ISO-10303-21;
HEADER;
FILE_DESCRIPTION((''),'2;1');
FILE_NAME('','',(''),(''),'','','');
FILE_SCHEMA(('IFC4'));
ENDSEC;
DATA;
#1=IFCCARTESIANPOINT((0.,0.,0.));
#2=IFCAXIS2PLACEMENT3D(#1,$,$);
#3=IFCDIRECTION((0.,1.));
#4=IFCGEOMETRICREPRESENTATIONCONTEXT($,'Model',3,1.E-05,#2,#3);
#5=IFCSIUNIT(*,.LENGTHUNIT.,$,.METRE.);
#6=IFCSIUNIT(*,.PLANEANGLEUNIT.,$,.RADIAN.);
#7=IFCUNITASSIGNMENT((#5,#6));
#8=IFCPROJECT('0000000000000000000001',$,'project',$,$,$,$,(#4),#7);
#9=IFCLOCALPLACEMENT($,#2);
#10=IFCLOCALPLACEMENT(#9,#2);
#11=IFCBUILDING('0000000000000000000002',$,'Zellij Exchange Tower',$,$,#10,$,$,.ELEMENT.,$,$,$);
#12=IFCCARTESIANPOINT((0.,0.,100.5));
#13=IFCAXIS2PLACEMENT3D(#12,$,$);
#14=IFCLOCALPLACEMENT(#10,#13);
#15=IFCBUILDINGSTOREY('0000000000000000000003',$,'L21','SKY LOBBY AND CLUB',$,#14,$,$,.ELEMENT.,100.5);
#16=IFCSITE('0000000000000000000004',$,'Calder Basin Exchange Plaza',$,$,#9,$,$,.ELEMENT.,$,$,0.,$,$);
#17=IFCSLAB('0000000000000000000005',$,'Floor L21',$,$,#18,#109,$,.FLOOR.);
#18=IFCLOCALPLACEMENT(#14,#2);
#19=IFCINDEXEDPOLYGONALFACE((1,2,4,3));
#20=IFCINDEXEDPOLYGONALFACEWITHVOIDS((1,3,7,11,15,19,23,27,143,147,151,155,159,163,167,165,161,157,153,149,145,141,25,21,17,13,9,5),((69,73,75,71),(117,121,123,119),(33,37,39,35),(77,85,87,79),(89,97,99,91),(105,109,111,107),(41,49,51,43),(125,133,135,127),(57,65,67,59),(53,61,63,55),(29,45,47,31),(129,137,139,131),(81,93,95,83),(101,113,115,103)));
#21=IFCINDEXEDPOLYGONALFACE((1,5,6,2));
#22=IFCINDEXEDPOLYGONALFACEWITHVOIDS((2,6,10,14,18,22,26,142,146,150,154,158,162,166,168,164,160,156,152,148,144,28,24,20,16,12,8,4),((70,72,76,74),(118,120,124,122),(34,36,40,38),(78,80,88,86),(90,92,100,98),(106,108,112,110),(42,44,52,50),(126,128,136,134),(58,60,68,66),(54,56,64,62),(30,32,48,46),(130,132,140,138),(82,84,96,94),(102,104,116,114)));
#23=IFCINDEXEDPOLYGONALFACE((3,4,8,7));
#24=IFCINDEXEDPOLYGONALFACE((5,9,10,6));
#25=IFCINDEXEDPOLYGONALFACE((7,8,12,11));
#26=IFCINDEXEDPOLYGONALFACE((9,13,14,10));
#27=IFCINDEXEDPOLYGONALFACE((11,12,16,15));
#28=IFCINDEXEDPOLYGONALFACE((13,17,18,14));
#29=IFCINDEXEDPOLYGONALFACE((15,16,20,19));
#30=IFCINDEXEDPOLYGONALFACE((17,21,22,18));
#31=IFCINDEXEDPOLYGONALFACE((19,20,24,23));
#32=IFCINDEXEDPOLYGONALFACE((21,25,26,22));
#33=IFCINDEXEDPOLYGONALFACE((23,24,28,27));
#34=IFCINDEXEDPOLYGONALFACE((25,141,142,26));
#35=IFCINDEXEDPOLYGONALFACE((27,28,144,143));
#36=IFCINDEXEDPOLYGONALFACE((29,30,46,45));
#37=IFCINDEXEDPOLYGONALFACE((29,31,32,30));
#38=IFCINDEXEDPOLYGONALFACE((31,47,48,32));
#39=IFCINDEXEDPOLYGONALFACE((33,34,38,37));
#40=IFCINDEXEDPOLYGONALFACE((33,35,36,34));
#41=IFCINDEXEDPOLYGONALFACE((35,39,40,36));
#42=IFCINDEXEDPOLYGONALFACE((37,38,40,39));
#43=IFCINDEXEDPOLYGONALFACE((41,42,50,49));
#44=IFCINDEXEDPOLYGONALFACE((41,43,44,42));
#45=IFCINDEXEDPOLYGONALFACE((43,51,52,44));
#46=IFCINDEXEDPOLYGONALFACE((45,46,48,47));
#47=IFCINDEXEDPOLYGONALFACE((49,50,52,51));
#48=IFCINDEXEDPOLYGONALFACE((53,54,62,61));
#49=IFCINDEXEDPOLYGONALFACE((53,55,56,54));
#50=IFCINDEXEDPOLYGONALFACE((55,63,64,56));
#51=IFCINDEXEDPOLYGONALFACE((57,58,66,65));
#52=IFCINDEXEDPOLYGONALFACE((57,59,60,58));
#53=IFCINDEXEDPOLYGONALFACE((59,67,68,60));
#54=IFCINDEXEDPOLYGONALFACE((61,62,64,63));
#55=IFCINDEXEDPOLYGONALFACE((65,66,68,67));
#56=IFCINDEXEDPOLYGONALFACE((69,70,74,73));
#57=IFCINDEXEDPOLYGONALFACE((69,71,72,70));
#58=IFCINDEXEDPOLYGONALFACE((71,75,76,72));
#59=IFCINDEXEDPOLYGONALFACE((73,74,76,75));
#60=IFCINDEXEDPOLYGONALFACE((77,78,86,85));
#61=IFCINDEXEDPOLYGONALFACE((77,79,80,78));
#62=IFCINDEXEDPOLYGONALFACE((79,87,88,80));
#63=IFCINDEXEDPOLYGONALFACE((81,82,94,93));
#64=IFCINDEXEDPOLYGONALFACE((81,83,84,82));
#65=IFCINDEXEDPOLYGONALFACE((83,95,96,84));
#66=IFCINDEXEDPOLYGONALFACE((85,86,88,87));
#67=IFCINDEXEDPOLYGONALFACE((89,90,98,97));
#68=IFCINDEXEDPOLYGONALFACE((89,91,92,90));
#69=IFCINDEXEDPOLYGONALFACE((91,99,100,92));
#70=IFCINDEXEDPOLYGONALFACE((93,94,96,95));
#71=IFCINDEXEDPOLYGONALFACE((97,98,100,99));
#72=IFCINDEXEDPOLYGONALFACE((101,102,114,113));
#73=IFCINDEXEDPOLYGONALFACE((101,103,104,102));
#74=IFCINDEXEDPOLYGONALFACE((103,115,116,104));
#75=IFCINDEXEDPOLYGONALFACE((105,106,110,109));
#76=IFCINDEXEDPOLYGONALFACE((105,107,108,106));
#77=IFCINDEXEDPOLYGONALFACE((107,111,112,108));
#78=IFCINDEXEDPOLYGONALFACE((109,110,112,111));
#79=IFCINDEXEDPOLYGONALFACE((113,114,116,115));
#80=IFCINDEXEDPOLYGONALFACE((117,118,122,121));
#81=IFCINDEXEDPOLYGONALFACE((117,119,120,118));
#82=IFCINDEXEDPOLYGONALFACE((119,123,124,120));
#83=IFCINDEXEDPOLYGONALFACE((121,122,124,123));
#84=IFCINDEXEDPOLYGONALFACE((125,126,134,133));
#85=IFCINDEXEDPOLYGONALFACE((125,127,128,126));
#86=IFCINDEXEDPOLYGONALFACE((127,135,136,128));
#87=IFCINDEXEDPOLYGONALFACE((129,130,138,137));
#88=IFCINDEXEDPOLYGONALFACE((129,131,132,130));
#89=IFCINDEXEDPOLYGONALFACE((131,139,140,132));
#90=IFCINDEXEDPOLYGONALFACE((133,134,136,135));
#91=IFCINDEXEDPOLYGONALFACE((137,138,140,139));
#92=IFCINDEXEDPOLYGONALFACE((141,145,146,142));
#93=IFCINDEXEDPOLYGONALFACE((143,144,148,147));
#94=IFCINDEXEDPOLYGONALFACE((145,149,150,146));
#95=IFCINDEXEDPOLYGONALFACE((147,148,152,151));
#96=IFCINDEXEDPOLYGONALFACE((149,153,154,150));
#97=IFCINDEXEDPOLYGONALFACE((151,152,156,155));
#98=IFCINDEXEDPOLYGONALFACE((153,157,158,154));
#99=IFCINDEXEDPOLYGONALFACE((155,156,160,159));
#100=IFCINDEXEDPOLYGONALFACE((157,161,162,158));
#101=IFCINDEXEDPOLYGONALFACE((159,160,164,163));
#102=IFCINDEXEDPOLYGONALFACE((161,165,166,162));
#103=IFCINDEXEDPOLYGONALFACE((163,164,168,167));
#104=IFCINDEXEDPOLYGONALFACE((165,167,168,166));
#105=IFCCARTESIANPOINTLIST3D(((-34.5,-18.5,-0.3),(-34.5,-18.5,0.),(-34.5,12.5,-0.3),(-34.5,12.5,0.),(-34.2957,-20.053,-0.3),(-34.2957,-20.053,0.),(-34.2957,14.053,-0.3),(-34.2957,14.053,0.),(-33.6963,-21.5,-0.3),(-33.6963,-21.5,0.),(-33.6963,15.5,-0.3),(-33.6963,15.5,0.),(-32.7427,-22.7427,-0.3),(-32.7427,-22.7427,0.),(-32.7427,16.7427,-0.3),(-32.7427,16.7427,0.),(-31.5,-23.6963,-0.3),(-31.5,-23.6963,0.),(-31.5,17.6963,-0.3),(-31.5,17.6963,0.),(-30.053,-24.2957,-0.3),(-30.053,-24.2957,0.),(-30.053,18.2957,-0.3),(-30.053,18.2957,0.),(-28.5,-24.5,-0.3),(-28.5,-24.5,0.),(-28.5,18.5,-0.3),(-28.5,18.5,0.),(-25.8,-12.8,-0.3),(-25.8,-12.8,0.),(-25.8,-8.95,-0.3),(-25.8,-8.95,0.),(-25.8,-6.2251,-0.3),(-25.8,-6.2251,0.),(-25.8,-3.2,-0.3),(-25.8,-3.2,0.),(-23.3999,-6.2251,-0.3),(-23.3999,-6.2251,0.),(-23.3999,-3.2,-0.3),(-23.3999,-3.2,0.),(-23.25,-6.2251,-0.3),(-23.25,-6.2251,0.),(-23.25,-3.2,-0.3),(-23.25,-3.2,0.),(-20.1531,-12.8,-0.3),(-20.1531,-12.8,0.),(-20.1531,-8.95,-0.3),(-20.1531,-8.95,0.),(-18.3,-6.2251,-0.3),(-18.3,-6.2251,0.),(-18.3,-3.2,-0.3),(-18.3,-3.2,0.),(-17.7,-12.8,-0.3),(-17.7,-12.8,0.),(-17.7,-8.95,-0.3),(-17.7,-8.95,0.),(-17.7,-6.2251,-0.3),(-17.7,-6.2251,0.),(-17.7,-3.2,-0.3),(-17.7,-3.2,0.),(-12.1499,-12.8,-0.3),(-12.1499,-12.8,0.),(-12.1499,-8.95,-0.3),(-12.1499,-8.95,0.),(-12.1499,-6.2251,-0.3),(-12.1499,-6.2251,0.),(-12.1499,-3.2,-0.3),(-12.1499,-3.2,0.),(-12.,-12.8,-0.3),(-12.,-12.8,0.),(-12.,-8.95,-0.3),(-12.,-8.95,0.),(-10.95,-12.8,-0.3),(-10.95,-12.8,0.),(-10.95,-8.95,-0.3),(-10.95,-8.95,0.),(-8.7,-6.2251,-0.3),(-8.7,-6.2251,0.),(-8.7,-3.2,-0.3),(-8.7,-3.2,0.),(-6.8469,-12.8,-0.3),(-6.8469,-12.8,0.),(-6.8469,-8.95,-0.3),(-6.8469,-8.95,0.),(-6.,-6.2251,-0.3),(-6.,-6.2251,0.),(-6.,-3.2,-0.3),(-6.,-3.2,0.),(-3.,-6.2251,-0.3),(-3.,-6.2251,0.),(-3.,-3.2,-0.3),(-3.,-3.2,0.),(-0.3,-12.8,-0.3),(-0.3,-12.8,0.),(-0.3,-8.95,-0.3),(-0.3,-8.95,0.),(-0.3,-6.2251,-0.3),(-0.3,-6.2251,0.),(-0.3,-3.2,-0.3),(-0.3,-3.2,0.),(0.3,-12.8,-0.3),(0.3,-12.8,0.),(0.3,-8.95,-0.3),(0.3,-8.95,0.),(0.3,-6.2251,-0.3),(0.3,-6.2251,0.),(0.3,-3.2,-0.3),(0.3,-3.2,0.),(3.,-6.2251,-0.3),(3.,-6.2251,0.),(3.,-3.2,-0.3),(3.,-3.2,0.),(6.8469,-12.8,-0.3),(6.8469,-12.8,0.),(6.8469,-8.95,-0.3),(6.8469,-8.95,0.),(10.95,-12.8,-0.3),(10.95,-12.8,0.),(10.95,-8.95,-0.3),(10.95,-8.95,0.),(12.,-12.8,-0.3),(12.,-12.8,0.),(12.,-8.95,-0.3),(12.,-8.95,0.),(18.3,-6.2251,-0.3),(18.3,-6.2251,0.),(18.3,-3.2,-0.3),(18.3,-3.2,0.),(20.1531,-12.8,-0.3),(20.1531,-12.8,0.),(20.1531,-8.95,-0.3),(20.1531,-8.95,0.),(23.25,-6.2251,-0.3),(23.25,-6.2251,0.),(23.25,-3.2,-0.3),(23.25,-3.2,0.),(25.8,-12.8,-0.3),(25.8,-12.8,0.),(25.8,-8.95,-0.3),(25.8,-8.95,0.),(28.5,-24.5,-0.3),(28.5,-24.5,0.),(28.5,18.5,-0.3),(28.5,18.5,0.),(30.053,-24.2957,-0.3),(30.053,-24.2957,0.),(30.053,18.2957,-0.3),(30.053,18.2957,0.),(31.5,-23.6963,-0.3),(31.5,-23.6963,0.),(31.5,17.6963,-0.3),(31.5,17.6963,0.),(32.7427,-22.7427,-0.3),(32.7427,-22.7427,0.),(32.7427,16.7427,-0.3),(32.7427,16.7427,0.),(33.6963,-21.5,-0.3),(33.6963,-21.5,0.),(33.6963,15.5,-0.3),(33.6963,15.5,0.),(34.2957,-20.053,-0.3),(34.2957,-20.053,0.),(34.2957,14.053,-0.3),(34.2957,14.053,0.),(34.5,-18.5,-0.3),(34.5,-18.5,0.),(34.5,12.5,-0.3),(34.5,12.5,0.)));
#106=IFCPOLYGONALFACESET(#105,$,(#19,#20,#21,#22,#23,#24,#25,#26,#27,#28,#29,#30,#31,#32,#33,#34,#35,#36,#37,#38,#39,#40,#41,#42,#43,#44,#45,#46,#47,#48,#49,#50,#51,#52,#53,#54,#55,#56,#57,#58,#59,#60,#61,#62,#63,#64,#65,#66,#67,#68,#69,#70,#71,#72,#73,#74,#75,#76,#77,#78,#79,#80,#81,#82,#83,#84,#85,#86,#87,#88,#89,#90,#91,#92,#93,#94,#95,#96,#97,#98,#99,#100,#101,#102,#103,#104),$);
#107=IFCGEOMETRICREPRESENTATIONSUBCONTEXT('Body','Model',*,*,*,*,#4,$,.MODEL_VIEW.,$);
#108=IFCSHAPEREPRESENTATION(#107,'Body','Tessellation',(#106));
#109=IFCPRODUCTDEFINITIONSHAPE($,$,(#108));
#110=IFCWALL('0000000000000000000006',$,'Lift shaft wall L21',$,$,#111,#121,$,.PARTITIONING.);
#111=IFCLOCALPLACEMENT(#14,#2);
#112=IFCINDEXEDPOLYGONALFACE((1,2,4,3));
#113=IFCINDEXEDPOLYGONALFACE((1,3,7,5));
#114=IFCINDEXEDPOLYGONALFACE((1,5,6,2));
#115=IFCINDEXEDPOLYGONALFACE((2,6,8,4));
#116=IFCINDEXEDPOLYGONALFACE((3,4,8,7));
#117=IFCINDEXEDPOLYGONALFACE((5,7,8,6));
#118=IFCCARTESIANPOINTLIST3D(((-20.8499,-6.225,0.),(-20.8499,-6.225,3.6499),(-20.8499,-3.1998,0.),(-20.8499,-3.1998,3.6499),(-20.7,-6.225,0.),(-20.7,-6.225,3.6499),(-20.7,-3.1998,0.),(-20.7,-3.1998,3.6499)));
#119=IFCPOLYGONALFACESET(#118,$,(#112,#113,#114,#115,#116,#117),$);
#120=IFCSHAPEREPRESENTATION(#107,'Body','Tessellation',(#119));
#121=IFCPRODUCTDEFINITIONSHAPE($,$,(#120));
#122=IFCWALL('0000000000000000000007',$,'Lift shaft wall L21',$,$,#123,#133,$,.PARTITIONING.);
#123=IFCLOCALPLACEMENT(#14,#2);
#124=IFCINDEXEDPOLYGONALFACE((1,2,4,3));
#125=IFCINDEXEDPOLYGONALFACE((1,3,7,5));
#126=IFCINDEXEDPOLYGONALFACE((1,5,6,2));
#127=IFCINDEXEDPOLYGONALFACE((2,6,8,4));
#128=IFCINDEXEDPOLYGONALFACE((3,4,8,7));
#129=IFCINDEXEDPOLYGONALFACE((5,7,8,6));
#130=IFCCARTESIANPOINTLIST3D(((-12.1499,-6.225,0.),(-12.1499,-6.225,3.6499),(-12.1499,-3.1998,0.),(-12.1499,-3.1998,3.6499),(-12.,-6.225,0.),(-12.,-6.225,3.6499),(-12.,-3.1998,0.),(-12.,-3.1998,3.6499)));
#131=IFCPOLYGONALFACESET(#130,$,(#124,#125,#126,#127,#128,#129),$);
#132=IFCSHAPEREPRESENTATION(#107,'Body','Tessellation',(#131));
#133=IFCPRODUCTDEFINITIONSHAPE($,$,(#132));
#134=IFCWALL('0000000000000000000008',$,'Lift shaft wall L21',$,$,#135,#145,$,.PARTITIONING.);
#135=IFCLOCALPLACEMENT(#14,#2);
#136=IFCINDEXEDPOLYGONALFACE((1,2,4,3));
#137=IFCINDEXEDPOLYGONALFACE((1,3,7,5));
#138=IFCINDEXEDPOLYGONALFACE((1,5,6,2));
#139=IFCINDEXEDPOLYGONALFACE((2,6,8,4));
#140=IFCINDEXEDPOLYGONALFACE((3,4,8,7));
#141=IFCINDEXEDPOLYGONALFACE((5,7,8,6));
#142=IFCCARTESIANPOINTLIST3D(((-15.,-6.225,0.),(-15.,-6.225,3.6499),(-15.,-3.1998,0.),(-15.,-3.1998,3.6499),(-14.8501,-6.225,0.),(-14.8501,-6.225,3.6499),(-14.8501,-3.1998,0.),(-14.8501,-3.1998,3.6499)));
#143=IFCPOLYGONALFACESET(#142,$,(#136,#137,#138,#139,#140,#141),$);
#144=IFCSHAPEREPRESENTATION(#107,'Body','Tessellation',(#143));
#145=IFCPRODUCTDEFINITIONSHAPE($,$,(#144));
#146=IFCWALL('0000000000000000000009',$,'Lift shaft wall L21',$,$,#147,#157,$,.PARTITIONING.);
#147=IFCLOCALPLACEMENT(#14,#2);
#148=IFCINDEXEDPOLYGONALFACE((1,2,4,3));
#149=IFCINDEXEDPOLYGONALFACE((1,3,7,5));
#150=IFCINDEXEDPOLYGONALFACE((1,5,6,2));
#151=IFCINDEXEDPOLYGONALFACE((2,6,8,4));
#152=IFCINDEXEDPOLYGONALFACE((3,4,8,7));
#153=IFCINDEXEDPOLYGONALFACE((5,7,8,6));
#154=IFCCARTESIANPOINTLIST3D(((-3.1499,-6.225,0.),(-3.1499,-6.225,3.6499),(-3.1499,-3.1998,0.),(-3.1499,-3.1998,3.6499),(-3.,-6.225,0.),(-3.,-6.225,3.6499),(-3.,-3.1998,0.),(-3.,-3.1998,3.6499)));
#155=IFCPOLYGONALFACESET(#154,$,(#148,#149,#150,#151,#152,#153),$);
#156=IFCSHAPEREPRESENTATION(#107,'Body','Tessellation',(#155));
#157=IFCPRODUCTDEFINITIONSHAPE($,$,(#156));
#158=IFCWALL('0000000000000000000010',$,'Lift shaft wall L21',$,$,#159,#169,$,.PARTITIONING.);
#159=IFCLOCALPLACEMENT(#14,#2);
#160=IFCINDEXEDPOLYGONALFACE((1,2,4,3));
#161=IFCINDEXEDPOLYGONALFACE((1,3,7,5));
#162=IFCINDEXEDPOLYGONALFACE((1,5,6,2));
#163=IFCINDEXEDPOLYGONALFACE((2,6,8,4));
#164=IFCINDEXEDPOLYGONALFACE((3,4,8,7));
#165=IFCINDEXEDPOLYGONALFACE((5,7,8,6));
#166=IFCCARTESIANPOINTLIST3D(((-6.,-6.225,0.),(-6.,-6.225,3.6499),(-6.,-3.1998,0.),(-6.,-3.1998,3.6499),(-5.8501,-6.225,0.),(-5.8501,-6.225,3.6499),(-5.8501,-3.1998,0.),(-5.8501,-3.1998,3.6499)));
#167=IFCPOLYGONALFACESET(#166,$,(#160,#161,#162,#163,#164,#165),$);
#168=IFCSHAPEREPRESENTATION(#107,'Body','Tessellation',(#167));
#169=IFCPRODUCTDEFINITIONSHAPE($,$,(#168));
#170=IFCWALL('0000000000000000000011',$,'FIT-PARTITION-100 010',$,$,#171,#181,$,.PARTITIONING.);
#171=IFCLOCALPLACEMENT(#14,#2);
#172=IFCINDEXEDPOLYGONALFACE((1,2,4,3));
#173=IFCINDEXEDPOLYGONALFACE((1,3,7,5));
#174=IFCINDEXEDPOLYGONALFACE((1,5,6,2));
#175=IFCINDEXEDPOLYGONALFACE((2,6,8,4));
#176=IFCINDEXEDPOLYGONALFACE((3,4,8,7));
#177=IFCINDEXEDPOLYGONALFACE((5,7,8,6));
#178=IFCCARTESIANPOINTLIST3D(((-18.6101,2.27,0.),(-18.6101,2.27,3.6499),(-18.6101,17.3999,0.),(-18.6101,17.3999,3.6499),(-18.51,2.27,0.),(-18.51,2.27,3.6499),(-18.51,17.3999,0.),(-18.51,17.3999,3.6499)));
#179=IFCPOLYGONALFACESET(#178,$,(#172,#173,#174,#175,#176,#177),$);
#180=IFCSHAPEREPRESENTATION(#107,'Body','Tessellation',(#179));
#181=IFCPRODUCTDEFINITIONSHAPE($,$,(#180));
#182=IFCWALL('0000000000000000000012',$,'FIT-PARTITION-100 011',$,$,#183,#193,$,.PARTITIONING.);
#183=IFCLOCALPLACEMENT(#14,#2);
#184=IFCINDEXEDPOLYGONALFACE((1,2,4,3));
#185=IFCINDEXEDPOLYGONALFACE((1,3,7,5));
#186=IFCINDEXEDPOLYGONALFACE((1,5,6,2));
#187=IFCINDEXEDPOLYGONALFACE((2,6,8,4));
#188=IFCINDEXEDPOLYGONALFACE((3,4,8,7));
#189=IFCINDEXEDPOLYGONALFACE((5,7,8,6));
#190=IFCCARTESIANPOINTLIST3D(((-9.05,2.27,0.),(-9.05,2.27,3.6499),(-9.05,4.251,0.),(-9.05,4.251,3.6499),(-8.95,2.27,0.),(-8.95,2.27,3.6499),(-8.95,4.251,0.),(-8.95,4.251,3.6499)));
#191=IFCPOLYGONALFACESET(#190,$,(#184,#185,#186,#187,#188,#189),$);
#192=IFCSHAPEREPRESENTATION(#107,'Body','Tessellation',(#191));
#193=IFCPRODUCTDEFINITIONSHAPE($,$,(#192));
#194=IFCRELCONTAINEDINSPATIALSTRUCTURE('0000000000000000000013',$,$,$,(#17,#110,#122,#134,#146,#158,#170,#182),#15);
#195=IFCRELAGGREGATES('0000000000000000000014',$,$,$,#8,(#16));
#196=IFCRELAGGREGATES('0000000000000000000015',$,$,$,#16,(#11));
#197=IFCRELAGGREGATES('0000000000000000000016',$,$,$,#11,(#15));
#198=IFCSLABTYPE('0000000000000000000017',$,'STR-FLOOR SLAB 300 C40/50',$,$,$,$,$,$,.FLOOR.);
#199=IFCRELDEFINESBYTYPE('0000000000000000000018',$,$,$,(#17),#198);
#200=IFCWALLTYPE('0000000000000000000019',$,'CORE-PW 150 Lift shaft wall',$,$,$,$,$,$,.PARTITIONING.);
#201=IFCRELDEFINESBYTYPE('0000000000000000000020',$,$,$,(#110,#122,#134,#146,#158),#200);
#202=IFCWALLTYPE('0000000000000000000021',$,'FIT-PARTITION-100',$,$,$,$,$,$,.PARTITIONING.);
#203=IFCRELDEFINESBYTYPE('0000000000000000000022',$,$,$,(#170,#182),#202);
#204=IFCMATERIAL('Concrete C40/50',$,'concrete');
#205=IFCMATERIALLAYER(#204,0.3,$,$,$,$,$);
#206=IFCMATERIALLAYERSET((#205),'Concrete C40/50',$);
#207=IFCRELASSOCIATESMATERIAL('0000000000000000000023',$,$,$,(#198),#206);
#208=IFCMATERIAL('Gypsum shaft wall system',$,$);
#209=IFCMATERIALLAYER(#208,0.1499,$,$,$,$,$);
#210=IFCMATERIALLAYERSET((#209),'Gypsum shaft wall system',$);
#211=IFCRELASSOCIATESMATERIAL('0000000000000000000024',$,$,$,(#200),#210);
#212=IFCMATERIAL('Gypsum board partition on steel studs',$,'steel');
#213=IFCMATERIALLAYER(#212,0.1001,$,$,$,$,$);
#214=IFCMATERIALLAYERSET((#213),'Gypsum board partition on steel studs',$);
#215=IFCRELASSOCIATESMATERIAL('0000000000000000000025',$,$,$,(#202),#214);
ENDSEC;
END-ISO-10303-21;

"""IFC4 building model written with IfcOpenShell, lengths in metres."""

from ifc_helpers import new_model, si_unit, direction, frame, frame_2d, origin, place, context, subcontext, project, spatial, polyline, rectangle, outline, extrude, material, layer, layer_set, type_object, element, save


model = new_model("IFC4")

# Units and contexts
model_context = context("Model", 3, precision=1e-05, world=origin(), true_north=direction((0.0, 1.0)))
body_context = subcontext(model_context, "Body", "Model", "MODEL_VIEW")
ifc_project = project(units=[si_unit("LENGTHUNIT", "METRE"), si_unit("PLANEANGLEUNIT", "RADIAN")], contexts=[model_context])

# Site, building, storey
site_placement = place(None, origin())
site = spatial("IfcSite", under=ifc_project, at=site_placement, Name="Calder Basin Exchange Plaza", CompositionType="ELEMENT", RefElevation=0.0)
building_placement = place(site_placement, origin())
building = spatial("IfcBuilding", under=site, at=building_placement, Name="Zellij Exchange Tower", CompositionType="ELEMENT")
storey_placement = place(building_placement, frame((0.0, 0.0, 100.5)))
storey = spatial("IfcBuildingStorey", under=building, at=storey_placement, Name="L21", Description="SKY LOBBY AND CLUB", CompositionType="ELEMENT", Elevation=100.5)

# Slab
ifc_material_1 = material(Name="Concrete C40/50", Category="concrete")
ifc_layer_1 = layer(ifc_material_1, 0.3)
ifc_layer_set_1 = layer_set([ifc_layer_1], Name="Concrete C40/50")
slab_type = type_object("IfcSlabType", Name="STR-FLOOR SLAB 300 C40/50", PredefinedType="FLOOR", material=ifc_layer_set_1)
slab_placement = place(storey_placement, frame((0.0, 0.0, -0.3)))
element("IfcSlab", 1, at=slab_placement, inside=storey, type_object=slab_type, Name="Floor L21", PredefinedType="FLOOR", context=body_context, shape_type="SweptSolid", body=[
    extrude(outline(polyline([(-28.5, -24.5), (-30.053, -24.2957), (-31.5, -23.6963), (-32.7427, -22.7427), (-33.6963, -21.5), (-34.2957, -20.053), (-34.5, -18.5), (-34.5, 12.5), (-34.2957, 14.053), (-33.6963, 15.5), (-32.7427, 16.7427), (-31.5, 17.6963), (-30.053, 18.2957), (-28.5, 18.5), (28.5, 18.5), (30.053, 18.2957), (31.5, 17.6963), (32.7427, 16.7427), (33.6963, 15.5), (34.2957, 14.053), (34.5, 12.5), (34.5, -18.5), (34.2957, -20.053), (33.6963, -21.5), (32.7427, -22.7427), (31.5, -23.6963), (30.053, -24.2957), (28.5, -24.5), (-28.5, -24.5)]), holes=[polyline([(-25.8, -8.95), (-25.8, -12.8), (-20.1531, -12.8), (-20.1531, -8.95), (-25.8, -8.95)]), polyline([(-12.1499, -8.95), (-17.7, -8.95), (-17.7, -12.8), (-12.1499, -12.8), (-12.1499, -8.95)]), polyline([(-10.95, -8.95), (-12.0, -8.95), (-12.0, -12.8), (-10.95, -12.8), (-10.95, -8.95)]), polyline([(-23.3999, -3.2), (-25.8, -3.2), (-25.8, -6.2251), (-23.3999, -6.2251), (-23.3999, -3.2)]), polyline([(-18.3, -3.2), (-23.25, -3.2), (-23.25, -6.2251), (-18.3, -6.2251), (-18.3, -3.2)]), polyline([(-12.1499, -3.2), (-17.7, -3.2), (-17.7, -6.2251), (-12.1499, -6.2251), (-12.1499, -3.2)]), polyline([(-6.0, -3.2), (-8.7, -3.2), (-8.7, -6.2251), (-6.0, -6.2251), (-6.0, -3.2)]), polyline([(-6.8469, -8.95), (-6.8469, -12.8), (-0.3, -12.8), (-0.3, -8.95), (-6.8469, -8.95)]), polyline([(6.8469, -8.95), (0.3, -8.95), (0.3, -12.8), (6.8469, -12.8), (6.8469, -8.95)]), polyline([(12.0, -8.95), (10.95, -8.95), (10.95, -12.8), (12.0, -12.8), (12.0, -8.95)]), polyline([(25.8, -8.95), (20.1531, -8.95), (20.1531, -12.8), (25.8, -12.8), (25.8, -8.95)]), polyline([(-0.3, -3.2), (-3.0, -3.2), (-3.0, -6.2251), (-0.3, -6.2251), (-0.3, -3.2)]), polyline([(3.0, -3.2), (0.3, -3.2), (0.3, -6.2251), (3.0, -6.2251), (3.0, -3.2)]), polyline([(23.25, -3.2), (18.3, -3.2), (18.3, -6.2251), (23.25, -6.2251), (23.25, -3.2)])]), origin(), (0.0, 0.0, 1.0), 0.3),
])

# Walls
ifc_material_2 = material(Name="Gypsum shaft wall system")
ifc_layer_2 = layer(ifc_material_2, 0.1499)
ifc_layer_set_2 = layer_set([ifc_layer_2], Name="Gypsum shaft wall system")
wall_type_1 = type_object("IfcWallType", Name="CORE-PW 150 Lift shaft wall", PredefinedType="PARTITIONING", material=ifc_layer_set_2)
for number, where, z_axis, x_axis, name in (
    (2, (-20.7749, -6.2251, 0.0), (0.0, 0.0, 1.0), (0.0, 1.0, 0.0), "Lift shaft wall L21"),
    (3, (-12.075, -6.2251, 0.0), (0.0, 0.0, 1.0), (0.0, 1.0, 0.0), "Lift shaft wall L21"),
    (4, (-14.925, -6.2251, 0.0), (0.0, 0.0, 1.0), (0.0, 1.0, 0.0), "Lift shaft wall L21"),
    (5, (-3.075, -6.2251, 0.0), (0.0, 0.0, 1.0), (0.0, 1.0, 0.0), "Lift shaft wall L21"),
    (6, (-5.925, -6.2251, 0.0), (0.0, 0.0, 1.0), (0.0, 1.0, 0.0), "Lift shaft wall L21"),
):
    element("IfcWall", number, at=place(storey_placement, frame(where, z_axis=z_axis, x_axis=x_axis)), inside=storey, type_object=wall_type_1, Name=name, PredefinedType="PARTITIONING", context=body_context, shape_type="SweptSolid", body=[
        extrude(rectangle(XDim=3.0251, YDim=0.1499, at=frame_2d((1.5127, 0.0))), origin(), (0.0, 0.0, 1.0), 3.6499),
    ])
ifc_material_3 = material(Name="Gypsum board partition on steel studs", Category="steel")
ifc_layer_3 = layer(ifc_material_3, 0.1001)
ifc_layer_set_3 = layer_set([ifc_layer_3], Name="Gypsum board partition on steel studs")
wall_type_2 = type_object("IfcWallType", Name="FIT-PARTITION-100", PredefinedType="PARTITIONING", material=ifc_layer_set_3)
wall_1_placement = place(storey_placement, frame((-18.5601, 2.27, 0.0), z_axis=(0.0, 0.0, 1.0), x_axis=(0.0, 1.0, 0.0)))
element("IfcWall", 7, at=wall_1_placement, inside=storey, type_object=wall_type_2, Name="FIT-PARTITION-100 010", PredefinedType="PARTITIONING", context=body_context, shape_type="SweptSolid", body=[
    extrude(rectangle(XDim=15.1299, YDim=0.1001, at=frame_2d((7.5649, 0.0))), origin(), (0.0, 0.0, 1.0), 3.6499),
])
wall_2_placement = place(storey_placement, frame((-9.0, 2.27, 0.0), z_axis=(0.0, 0.0, 1.0), x_axis=(0.0, 1.0, 0.0)))
element("IfcWall", 8, at=wall_2_placement, inside=storey, type_object=wall_type_2, Name="FIT-PARTITION-100 011", PredefinedType="PARTITIONING", context=body_context, shape_type="SweptSolid", body=[
    extrude(rectangle(XDim=1.981, YDim=0.1001, at=frame_2d((0.9905, 0.0))), origin(), (0.0, 0.0, 1.0), 3.6499),
])

save(model, "model.ifc")
